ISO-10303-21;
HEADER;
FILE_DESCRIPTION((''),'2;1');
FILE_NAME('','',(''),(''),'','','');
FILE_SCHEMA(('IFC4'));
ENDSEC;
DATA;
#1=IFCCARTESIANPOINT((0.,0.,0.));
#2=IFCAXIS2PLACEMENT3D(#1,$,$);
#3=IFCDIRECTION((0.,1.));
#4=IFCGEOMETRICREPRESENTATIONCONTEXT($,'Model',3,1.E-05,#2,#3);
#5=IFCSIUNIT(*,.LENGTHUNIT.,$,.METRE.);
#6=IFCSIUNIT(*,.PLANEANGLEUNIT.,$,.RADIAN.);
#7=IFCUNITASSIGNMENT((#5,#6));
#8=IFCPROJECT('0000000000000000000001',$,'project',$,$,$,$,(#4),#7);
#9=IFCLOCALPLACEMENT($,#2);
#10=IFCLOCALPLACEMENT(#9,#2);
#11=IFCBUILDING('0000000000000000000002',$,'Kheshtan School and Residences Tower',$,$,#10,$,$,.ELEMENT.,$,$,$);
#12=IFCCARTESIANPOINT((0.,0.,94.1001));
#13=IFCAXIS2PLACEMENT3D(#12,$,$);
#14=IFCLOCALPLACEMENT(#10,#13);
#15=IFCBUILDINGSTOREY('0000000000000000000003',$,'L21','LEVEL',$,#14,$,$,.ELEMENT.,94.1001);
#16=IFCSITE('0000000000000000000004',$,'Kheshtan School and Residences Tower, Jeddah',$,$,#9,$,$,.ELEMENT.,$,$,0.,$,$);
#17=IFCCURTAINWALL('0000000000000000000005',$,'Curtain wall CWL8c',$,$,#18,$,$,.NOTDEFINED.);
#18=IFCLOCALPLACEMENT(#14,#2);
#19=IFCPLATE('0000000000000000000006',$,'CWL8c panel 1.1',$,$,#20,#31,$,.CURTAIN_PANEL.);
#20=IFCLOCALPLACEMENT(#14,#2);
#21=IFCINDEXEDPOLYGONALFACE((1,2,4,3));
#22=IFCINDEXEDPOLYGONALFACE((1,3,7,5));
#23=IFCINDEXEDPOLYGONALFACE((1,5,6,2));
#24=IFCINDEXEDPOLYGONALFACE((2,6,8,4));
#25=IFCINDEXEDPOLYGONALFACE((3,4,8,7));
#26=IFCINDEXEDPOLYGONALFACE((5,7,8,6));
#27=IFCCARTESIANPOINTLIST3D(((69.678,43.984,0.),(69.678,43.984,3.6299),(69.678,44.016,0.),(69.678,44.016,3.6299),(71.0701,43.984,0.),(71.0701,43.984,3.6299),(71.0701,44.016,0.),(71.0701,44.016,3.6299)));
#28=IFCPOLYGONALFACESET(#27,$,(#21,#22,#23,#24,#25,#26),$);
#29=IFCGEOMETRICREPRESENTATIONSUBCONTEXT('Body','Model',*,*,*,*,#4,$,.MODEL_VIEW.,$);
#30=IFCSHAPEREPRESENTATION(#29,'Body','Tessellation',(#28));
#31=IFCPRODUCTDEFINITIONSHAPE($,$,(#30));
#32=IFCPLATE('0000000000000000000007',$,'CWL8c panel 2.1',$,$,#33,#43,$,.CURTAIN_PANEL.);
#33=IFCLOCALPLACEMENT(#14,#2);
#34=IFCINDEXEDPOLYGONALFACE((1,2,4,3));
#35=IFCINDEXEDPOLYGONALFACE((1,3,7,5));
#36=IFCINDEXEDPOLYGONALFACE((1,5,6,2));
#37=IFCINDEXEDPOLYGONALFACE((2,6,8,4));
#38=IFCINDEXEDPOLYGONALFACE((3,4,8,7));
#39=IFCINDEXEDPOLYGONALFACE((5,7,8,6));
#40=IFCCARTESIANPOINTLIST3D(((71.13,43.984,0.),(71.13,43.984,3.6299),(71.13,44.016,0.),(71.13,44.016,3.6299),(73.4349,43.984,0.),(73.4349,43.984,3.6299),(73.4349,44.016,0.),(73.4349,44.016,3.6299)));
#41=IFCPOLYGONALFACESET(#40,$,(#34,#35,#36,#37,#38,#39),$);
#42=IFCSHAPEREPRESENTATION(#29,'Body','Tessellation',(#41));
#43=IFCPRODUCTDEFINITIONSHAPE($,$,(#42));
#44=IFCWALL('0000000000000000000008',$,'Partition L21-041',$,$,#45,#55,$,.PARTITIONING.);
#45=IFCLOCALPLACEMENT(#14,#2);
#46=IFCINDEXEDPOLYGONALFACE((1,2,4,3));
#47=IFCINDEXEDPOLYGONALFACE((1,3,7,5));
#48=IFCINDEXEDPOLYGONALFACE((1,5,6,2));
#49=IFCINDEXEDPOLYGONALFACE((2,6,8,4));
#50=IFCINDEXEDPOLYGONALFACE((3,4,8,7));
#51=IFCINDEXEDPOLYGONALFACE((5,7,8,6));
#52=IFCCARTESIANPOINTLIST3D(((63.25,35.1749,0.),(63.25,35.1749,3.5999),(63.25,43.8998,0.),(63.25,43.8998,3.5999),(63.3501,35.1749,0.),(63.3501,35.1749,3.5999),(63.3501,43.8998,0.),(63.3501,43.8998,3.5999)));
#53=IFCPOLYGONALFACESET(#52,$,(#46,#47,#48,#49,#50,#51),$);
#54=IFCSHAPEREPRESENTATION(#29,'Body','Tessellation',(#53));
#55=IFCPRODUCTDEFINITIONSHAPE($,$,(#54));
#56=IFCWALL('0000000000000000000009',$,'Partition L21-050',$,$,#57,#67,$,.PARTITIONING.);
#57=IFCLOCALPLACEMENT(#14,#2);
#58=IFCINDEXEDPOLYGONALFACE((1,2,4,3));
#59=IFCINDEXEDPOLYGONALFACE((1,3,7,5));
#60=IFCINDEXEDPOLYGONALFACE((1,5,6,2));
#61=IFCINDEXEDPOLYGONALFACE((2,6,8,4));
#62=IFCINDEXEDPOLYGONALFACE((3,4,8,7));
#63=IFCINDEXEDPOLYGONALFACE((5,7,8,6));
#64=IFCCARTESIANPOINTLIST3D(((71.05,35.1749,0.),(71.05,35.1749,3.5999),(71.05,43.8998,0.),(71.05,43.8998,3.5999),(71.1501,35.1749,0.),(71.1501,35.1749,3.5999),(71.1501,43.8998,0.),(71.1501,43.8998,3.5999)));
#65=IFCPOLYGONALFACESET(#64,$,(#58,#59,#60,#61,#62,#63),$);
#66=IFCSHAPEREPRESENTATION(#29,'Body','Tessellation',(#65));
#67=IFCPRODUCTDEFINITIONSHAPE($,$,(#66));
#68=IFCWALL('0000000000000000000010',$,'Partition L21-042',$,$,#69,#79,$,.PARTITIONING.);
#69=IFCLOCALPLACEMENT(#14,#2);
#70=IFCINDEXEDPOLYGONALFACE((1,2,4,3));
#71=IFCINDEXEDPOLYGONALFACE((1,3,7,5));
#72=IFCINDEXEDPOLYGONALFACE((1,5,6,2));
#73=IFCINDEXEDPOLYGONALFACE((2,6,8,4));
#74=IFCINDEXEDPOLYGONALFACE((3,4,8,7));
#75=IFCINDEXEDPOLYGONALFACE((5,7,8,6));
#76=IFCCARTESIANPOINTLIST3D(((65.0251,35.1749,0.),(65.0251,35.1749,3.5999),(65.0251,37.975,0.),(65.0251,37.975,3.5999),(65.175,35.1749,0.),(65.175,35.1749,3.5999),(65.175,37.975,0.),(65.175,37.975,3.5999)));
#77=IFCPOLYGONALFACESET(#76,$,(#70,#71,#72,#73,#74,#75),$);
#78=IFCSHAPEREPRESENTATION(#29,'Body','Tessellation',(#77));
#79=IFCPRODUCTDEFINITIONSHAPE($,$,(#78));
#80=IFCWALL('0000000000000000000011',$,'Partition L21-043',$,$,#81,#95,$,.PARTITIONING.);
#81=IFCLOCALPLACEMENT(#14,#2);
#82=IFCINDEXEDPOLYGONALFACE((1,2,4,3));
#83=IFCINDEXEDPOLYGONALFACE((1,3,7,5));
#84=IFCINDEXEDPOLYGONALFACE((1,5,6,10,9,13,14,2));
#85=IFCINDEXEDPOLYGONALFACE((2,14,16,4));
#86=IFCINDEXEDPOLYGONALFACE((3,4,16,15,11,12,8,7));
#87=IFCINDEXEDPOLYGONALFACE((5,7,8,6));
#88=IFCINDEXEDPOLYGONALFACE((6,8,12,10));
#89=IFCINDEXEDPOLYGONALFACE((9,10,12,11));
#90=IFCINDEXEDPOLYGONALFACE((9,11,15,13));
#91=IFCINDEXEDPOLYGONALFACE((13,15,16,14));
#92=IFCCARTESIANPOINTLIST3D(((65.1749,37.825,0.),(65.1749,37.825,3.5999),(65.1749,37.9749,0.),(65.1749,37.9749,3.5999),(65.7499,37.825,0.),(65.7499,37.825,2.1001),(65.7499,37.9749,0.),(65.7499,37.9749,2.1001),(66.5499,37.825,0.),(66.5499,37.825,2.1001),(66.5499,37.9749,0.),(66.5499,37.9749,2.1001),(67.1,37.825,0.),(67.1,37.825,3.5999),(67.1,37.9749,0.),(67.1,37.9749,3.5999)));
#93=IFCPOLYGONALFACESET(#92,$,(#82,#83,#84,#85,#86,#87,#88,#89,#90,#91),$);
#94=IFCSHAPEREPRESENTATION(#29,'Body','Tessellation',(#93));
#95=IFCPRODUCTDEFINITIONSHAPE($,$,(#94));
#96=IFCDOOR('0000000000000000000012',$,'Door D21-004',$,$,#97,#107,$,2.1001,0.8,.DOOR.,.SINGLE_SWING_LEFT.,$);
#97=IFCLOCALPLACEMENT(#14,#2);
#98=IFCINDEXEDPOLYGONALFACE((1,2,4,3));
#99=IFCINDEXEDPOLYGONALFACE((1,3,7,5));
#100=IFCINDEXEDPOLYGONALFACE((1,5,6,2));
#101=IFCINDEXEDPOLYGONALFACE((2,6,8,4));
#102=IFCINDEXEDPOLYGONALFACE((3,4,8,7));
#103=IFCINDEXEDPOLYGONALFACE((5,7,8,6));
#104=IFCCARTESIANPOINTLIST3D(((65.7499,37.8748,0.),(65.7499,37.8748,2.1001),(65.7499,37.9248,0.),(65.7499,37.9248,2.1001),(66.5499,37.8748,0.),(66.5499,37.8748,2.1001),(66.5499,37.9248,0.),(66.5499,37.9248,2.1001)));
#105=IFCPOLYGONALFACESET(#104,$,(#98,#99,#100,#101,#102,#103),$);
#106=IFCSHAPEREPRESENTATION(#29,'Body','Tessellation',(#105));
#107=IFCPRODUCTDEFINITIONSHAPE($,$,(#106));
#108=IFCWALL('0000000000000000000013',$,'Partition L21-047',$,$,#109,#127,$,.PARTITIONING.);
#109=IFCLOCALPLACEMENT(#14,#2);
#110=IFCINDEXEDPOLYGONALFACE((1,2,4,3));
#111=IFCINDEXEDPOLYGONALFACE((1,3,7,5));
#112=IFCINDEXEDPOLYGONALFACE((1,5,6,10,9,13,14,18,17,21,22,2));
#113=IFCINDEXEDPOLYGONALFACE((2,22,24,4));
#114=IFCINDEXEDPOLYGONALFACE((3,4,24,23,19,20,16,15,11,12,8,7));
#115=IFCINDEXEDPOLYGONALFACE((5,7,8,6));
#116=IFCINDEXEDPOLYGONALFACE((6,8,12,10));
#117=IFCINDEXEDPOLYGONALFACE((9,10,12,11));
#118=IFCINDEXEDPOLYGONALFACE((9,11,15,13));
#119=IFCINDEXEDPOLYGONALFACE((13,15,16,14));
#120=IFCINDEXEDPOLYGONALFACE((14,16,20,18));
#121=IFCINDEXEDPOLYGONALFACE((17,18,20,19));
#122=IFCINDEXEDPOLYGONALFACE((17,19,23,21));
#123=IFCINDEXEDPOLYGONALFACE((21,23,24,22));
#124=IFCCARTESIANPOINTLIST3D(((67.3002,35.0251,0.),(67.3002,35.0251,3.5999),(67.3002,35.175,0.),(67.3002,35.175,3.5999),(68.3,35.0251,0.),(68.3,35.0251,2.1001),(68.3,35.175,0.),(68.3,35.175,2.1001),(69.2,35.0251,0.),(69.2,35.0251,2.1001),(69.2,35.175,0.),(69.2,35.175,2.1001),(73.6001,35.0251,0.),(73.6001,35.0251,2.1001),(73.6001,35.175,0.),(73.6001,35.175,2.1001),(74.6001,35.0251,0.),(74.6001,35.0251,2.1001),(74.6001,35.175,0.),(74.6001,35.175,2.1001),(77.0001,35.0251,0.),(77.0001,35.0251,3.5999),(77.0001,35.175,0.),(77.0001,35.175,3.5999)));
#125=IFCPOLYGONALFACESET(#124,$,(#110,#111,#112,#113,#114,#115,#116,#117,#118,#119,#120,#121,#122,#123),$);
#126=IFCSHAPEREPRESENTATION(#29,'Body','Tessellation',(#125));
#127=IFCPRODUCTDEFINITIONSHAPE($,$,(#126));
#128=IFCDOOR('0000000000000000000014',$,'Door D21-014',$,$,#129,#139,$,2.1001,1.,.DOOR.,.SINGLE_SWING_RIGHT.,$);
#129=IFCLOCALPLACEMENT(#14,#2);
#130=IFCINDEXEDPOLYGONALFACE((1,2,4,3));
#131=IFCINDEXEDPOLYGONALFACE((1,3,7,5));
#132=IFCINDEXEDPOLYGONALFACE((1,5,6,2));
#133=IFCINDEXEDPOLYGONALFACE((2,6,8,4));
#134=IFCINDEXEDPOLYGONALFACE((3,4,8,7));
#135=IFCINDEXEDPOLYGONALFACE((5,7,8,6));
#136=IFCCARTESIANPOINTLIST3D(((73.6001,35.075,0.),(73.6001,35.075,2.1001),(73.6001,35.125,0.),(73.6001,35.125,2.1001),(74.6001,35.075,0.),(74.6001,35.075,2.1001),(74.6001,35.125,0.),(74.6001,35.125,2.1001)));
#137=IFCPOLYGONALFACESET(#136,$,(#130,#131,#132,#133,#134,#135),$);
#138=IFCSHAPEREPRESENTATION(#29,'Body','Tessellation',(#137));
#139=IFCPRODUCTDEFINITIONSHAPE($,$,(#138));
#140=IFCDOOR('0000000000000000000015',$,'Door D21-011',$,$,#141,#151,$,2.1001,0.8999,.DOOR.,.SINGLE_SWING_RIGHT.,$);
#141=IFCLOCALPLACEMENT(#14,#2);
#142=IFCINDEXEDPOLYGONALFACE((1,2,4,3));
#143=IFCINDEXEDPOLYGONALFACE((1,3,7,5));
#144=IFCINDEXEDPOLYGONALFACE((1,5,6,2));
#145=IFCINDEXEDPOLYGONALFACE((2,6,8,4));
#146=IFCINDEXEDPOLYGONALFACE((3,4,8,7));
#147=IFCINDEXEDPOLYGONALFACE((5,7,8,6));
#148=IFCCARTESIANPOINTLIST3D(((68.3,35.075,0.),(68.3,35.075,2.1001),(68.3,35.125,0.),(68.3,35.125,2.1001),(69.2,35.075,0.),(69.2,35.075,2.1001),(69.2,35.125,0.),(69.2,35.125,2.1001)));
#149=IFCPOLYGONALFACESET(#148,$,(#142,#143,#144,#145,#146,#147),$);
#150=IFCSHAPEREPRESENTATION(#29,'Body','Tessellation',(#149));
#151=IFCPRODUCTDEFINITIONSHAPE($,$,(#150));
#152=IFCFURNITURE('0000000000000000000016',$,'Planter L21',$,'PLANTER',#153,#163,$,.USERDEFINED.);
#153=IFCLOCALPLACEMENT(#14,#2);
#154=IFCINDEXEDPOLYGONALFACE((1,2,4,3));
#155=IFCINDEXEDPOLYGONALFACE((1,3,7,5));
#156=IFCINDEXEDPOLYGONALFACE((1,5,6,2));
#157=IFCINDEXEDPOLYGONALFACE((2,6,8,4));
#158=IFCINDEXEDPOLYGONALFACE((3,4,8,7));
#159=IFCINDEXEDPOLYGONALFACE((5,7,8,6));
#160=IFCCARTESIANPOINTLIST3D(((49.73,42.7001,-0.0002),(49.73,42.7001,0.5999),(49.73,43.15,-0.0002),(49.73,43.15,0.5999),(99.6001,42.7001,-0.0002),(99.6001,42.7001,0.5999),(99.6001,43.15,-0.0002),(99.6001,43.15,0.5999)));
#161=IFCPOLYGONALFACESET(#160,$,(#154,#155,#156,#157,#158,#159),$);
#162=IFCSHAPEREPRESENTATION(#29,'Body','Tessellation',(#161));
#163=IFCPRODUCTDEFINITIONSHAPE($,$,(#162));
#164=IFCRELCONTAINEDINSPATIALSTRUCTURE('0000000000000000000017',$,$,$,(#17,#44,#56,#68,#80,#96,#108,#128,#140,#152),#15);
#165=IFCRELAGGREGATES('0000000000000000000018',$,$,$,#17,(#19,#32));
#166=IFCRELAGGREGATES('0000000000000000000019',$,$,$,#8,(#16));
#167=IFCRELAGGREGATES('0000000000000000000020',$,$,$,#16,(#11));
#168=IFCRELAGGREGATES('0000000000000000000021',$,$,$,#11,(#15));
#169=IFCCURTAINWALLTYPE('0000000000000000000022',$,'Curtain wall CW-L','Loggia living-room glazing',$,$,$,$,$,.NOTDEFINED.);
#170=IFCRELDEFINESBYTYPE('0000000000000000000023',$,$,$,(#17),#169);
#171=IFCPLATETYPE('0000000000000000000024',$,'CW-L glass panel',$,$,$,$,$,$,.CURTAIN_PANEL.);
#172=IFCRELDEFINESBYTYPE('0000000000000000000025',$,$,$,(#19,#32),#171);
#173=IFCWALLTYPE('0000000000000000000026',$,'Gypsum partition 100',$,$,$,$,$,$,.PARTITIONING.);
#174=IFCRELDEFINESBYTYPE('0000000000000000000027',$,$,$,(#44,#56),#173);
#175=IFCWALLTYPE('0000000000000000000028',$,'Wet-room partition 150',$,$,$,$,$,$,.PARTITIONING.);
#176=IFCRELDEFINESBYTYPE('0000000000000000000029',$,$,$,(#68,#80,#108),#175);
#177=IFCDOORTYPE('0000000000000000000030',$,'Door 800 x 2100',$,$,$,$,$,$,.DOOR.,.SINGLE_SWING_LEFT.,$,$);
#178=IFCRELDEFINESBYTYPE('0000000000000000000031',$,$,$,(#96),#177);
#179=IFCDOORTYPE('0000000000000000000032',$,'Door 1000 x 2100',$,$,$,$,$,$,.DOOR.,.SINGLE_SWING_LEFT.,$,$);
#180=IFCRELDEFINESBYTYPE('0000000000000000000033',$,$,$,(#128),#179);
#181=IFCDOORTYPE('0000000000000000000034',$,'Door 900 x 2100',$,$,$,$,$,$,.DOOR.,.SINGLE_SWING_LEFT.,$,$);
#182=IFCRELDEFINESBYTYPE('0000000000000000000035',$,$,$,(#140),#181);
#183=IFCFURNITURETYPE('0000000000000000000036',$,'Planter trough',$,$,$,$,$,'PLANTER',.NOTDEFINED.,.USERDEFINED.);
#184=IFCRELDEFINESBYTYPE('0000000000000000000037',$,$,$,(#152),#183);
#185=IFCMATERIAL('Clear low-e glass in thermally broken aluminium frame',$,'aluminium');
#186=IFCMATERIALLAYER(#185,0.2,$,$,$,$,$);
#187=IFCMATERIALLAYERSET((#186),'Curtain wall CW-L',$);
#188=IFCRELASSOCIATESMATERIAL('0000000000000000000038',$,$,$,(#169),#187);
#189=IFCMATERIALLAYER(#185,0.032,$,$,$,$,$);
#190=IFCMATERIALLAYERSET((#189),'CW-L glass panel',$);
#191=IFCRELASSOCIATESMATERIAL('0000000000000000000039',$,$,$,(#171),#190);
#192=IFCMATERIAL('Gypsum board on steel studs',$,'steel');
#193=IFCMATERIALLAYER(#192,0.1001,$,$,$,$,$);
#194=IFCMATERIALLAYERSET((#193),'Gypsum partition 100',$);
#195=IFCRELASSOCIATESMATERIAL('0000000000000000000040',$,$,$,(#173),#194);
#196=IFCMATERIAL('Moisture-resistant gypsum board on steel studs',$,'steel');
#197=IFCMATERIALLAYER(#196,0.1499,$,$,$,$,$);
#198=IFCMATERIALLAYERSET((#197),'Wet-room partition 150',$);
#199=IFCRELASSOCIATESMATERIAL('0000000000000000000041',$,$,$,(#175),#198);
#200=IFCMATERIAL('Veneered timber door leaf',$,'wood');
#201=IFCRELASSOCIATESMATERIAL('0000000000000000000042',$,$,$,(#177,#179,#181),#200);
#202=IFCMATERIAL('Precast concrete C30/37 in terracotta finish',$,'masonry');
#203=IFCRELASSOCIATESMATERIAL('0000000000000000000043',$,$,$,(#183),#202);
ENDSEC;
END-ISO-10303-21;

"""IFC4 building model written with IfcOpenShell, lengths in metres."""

from ifc_helpers import new_model, si_unit, direction, frame, frame_2d, origin, origin_2d, place, context, subcontext, project, spatial, rectangle, extrude, source, transform, mapped, material, layer, layer_set, type_object, element, fill, aggregate, save


model = new_model("IFC4")

# Units and contexts
model_context = context("Model", 3, precision=1e-05, world=origin(), true_north=direction((0.0, 1.0)))
body_context = subcontext(model_context, "Body", "Model", "MODEL_VIEW")
ifc_project = project(units=[si_unit("LENGTHUNIT", "METRE"), si_unit("PLANEANGLEUNIT", "RADIAN")], contexts=[model_context])

# Site, building, storey
site_placement = place(None, origin())
site = spatial("IfcSite", under=ifc_project, at=site_placement, Name="Kheshtan School and Residences Tower, Jeddah", CompositionType="ELEMENT", RefElevation=0.0)
building_placement = place(site_placement, origin())
building = spatial("IfcBuilding", under=site, at=building_placement, Name="Kheshtan School and Residences Tower", CompositionType="ELEMENT")
storey_placement = place(building_placement, frame((0.0, 0.0, 94.1001)))
storey = spatial("IfcBuildingStorey", under=building, at=storey_placement, Name="L21", Description="LEVEL", CompositionType="ELEMENT", Elevation=94.1001)

# Curtain wall
ifc_material_1 = material(Name="Clear low-e glass in thermally broken aluminium frame", Category="aluminium")
ifc_layer_1 = layer(ifc_material_1, 0.2)
ifc_layer_set_1 = layer_set([ifc_layer_1], Name="Curtain wall CW-L")
curtain_wall_type = type_object("IfcCurtainWallType", Name="Curtain wall CW-L", Description="Loggia living-room glazing", PredefinedType="NOTDEFINED", material=ifc_layer_set_1)
curtain_wall_1_placement = place(storey_placement, origin())
curtain_wall_1 = element("IfcCurtainWall", 1, at=curtain_wall_1_placement, inside=storey, type_object=curtain_wall_type, Name="Curtain wall CWL8c", PredefinedType="NOTDEFINED")

# Plates
ifc_layer_2 = layer(ifc_material_1, 0.032)
ifc_layer_set_2 = layer_set([ifc_layer_2], Name="CW-L glass panel")
plate_type = type_object("IfcPlateType", Name="CW-L glass panel", PredefinedType="CURTAIN_PANEL", material=ifc_layer_set_2)
plate_1_placement = place(storey_placement, frame((70.374, 44.0, 0.0), z_axis=(0.0, 0.0, 1.0), x_axis=(1.0, 0.0, 0.0)))
plate_1 = element("IfcPlate", 2, at=plate_1_placement, type_object=plate_type, Name="CWL8c panel 1.1", PredefinedType="CURTAIN_PANEL", context=body_context, shape_type="SweptSolid", body=[
    extrude(rectangle(XDim=1.3921, YDim=0.032, at=origin_2d()), origin(), (0.0, 0.0, 1.0), 3.6299),
])
plate_2_placement = place(storey_placement, frame((72.2825, 44.0, 0.0), z_axis=(0.0, 0.0, 1.0), x_axis=(1.0, 0.0, 0.0)))
plate_2 = element("IfcPlate", 3, at=plate_2_placement, type_object=plate_type, Name="CWL8c panel 2.1", PredefinedType="CURTAIN_PANEL", context=body_context, shape_type="SweptSolid", body=[
    extrude(rectangle(XDim=2.3049, YDim=0.032, at=origin_2d()), origin(), (0.0, 0.0, 1.0), 3.6299),
])
aggregate(curtain_wall_1, [plate_1, plate_2])

# Walls
ifc_material_2 = material(Name="Gypsum board on steel studs", Category="steel")
ifc_layer_3 = layer(ifc_material_2, 0.1001)
ifc_layer_set_3 = layer_set([ifc_layer_3], Name="Gypsum partition 100")
wall_type_1 = type_object("IfcWallType", Name="Gypsum partition 100", PredefinedType="PARTITIONING", material=ifc_layer_set_3)
for number, where, z_axis, x_axis, name in (
    (4, (63.3, 35.175, 0.0), (0.0, 0.0, 1.0), (0.0, 1.0, 0.0), "Partition L21-041"),
    (5, (71.1001, 35.175, 0.0), (0.0, 0.0, 1.0), (0.0, 1.0, 0.0), "Partition L21-050"),
):
    element("IfcWall", number, at=place(storey_placement, frame(where, z_axis=z_axis, x_axis=x_axis)), inside=storey, type_object=wall_type_1, Name=name, PredefinedType="PARTITIONING", context=body_context, shape_type="SweptSolid", body=[
        extrude(rectangle(XDim=8.7249, YDim=0.1001, at=frame_2d((4.3623, 0.0))), origin(), (0.0, 0.0, 1.0), 3.5999),
    ])
ifc_material_3 = material(Name="Moisture-resistant gypsum board on steel studs", Category="steel")
ifc_layer_4 = layer(ifc_material_3, 0.1499)
ifc_layer_set_4 = layer_set([ifc_layer_4], Name="Wet-room partition 150")
wall_type_2 = type_object("IfcWallType", Name="Wet-room partition 150", PredefinedType="PARTITIONING", material=ifc_layer_set_4)
wall_1_placement = place(storey_placement, frame((65.1001, 35.175, 0.0), z_axis=(0.0, 0.0, 1.0), x_axis=(0.0, 1.0, 0.0)))
element("IfcWall", 6, at=wall_1_placement, inside=storey, type_object=wall_type_2, Name="Partition L21-042", PredefinedType="PARTITIONING", context=body_context, shape_type="SweptSolid", body=[
    extrude(rectangle(XDim=2.8, YDim=0.1499, at=frame_2d((1.3999, 0.0))), origin(), (0.0, 0.0, 1.0), 3.5999),
])

# Wall, opening, door
wall_2_placement = place(storey_placement, frame((65.175, 37.8999, 0.0), z_axis=(0.0, 0.0, 1.0), x_axis=(1.0, 0.0, 0.0)))
wall_2 = element("IfcWall", 7, at=wall_2_placement, inside=storey, type_object=wall_type_2, Name="Partition L21-043", PredefinedType="PARTITIONING", context=body_context, shape_type="SweptSolid", body=[
    extrude(rectangle(XDim=1.925, YDim=0.1499, at=frame_2d((0.9624, 0.0))), origin(), (0.0, 0.0, 1.0), 3.5999),
])
opening_1_placement = place(wall_2_placement, frame((0.575, 0.0, 0.0)))
opening_1 = element("IfcOpeningElement", 8, at=opening_1_placement, cuts=wall_2, PredefinedType="OPENING", context=body_context, shape_type="SweptSolid", body=[
    extrude(rectangle(XDim=0.8, YDim=2.1001, at=frame_2d((0.3999, 1.05))), frame((0.0, 0.085, 0.0), z_axis=(0.0, -1.0, 0.0), x_axis=(1.0, 0.0, 0.0)), (0.0, 0.0, 1.0), 0.1699),
])
ifc_material_4 = material(Name="Veneered timber door leaf", Category="wood")
door_type_1 = type_object("IfcDoorType", Name="Door 800 x 2100", OperationType="SINGLE_SWING_LEFT", PredefinedType="DOOR", material=ifc_material_4)
shared_shape_1 = source(origin(), body_context, "Body", "SweptSolid", [
    extrude(rectangle(XDim=0.8, YDim=2.1001, at=frame_2d((0.3999, 1.05))), frame((0.0, 0.0249, 0.0), z_axis=(0.0, -1.0, 0.0), x_axis=(1.0, 0.0, 0.0)), (0.0, 0.0, 1.0), 0.05),
])
door_1_placement = place(opening_1_placement, origin())
door_1 = element("IfcDoor", 9, at=door_1_placement, inside=storey, type_object=door_type_1, Name="Door D21-004", OperationType="SINGLE_SWING_LEFT", OverallHeight=2.1001, OverallWidth=0.8, PredefinedType="DOOR", context=body_context, shape_type="MappedRepresentation", body=[
    mapped(shared_shape_1, transform((0.0, 0.0, 0.0), x_axis=(1.0, 0.0, 0.0), y_axis=(0.0, 1.0, 0.0), z_axis=(0.0, 0.0, 1.0), scale=1.0)),
])
fill(opening_1, door_1)

# Wall, openings, doors
wall_3_placement = place(storey_placement, frame((67.3, 35.1001, 0.0), z_axis=(0.0, 0.0, 1.0), x_axis=(1.0, 0.0, 0.0)))
wall_3 = element("IfcWall", 10, at=wall_3_placement, inside=storey, type_object=wall_type_2, Name="Partition L21-047", PredefinedType="PARTITIONING", context=body_context, shape_type="SweptSolid", body=[
    extrude(rectangle(XDim=9.7, YDim=0.1499, at=frame_2d((4.8501, 0.0))), origin(), (0.0, 0.0, 1.0), 3.5999),
])
opening_2_placement = place(wall_3_placement, frame((1.0, 0.0, 0.0)))
opening_2 = element("IfcOpeningElement", 11, at=opening_2_placement, cuts=wall_3, PredefinedType="OPENING", context=body_context, shape_type="SweptSolid", body=[
    extrude(rectangle(XDim=0.8999, YDim=2.1001, at=frame_2d((0.45, 1.05))), frame((0.0, 0.085, 0.0), z_axis=(0.0, -1.0, 0.0), x_axis=(1.0, 0.0, 0.0)), (0.0, 0.0, 1.0), 0.1699),
])
opening_3_placement = place(wall_3_placement, frame((6.3, 0.0, 0.0)))
opening_3 = element("IfcOpeningElement", 12, at=opening_3_placement, cuts=wall_3, PredefinedType="OPENING", context=body_context, shape_type="SweptSolid", body=[
    extrude(rectangle(XDim=1.0, YDim=2.1001, at=frame_2d((0.5, 1.05))), frame((0.0, 0.085, 0.0), z_axis=(0.0, -1.0, 0.0), x_axis=(1.0, 0.0, 0.0)), (0.0, 0.0, 1.0), 0.1699),
])
door_type_2 = type_object("IfcDoorType", Name="Door 1000 x 2100", OperationType="SINGLE_SWING_LEFT", PredefinedType="DOOR", material=ifc_material_4)
shared_shape_2 = source(origin(), body_context, "Body", "SweptSolid", [
    extrude(rectangle(XDim=1.0, YDim=2.1001, at=frame_2d((0.5, 1.05))), frame((0.0, 0.0249, 0.0), z_axis=(0.0, -1.0, 0.0), x_axis=(1.0, 0.0, 0.0)), (0.0, 0.0, 1.0), 0.05),
])
door_2_placement = place(opening_3_placement, origin())
door_2 = element("IfcDoor", 13, at=door_2_placement, inside=storey, type_object=door_type_2, Name="Door D21-014", OperationType="SINGLE_SWING_RIGHT", OverallHeight=2.1001, OverallWidth=1.0, PredefinedType="DOOR", context=body_context, shape_type="MappedRepresentation", body=[
    mapped(shared_shape_2, transform((0.0, 0.0, 0.0), x_axis=(1.0, 0.0, 0.0), y_axis=(0.0, 1.0, 0.0), z_axis=(0.0, 0.0, 1.0), scale=1.0)),
])
fill(opening_3, door_2)
door_type_3 = type_object("IfcDoorType", Name="Door 900 x 2100", OperationType="SINGLE_SWING_LEFT", PredefinedType="DOOR", material=ifc_material_4)
shared_shape_3 = source(origin(), body_context, "Body", "SweptSolid", [
    extrude(rectangle(XDim=0.8999, YDim=2.1001, at=frame_2d((0.45, 1.05))), frame((0.0, 0.0249, 0.0), z_axis=(0.0, -1.0, 0.0), x_axis=(1.0, 0.0, 0.0)), (0.0, 0.0, 1.0), 0.05),
])
door_3_placement = place(opening_2_placement, origin())
door_3 = element("IfcDoor", 14, at=door_3_placement, inside=storey, type_object=door_type_3, Name="Door D21-011", OperationType="SINGLE_SWING_RIGHT", OverallHeight=2.1001, OverallWidth=0.8999, PredefinedType="DOOR", context=body_context, shape_type="MappedRepresentation", body=[
    mapped(shared_shape_3, transform((0.0, 0.0, 0.0), x_axis=(1.0, 0.0, 0.0), y_axis=(0.0, 1.0, 0.0), z_axis=(0.0, 0.0, 1.0), scale=1.0)),
])
fill(opening_2, door_3)

# Furniture
ifc_material_5 = material(Name="Precast concrete C30/37 in terracotta finish", Category="masonry")
furniture_type = type_object("IfcFurnitureType", Name="Planter trough", ElementType="PLANTER", AssemblyPlace="NOTDEFINED", PredefinedType="USERDEFINED", material=ifc_material_5)
furniture_placement = place(storey_placement, frame((74.665, 42.925, -0.0002), z_axis=(0.0, 0.0, 1.0), x_axis=(1.0, 0.0, 0.0)))
element("IfcFurniture", 15, at=furniture_placement, inside=storey, type_object=furniture_type, Name="Planter L21", ObjectType="PLANTER", PredefinedType="USERDEFINED", context=body_context, shape_type="SweptSolid", body=[
    extrude(rectangle(XDim=49.8701, YDim=0.45, at=origin_2d()), origin(), (0.0, 0.0, 1.0), 0.6001),
])

save(model, "model.ifc")
